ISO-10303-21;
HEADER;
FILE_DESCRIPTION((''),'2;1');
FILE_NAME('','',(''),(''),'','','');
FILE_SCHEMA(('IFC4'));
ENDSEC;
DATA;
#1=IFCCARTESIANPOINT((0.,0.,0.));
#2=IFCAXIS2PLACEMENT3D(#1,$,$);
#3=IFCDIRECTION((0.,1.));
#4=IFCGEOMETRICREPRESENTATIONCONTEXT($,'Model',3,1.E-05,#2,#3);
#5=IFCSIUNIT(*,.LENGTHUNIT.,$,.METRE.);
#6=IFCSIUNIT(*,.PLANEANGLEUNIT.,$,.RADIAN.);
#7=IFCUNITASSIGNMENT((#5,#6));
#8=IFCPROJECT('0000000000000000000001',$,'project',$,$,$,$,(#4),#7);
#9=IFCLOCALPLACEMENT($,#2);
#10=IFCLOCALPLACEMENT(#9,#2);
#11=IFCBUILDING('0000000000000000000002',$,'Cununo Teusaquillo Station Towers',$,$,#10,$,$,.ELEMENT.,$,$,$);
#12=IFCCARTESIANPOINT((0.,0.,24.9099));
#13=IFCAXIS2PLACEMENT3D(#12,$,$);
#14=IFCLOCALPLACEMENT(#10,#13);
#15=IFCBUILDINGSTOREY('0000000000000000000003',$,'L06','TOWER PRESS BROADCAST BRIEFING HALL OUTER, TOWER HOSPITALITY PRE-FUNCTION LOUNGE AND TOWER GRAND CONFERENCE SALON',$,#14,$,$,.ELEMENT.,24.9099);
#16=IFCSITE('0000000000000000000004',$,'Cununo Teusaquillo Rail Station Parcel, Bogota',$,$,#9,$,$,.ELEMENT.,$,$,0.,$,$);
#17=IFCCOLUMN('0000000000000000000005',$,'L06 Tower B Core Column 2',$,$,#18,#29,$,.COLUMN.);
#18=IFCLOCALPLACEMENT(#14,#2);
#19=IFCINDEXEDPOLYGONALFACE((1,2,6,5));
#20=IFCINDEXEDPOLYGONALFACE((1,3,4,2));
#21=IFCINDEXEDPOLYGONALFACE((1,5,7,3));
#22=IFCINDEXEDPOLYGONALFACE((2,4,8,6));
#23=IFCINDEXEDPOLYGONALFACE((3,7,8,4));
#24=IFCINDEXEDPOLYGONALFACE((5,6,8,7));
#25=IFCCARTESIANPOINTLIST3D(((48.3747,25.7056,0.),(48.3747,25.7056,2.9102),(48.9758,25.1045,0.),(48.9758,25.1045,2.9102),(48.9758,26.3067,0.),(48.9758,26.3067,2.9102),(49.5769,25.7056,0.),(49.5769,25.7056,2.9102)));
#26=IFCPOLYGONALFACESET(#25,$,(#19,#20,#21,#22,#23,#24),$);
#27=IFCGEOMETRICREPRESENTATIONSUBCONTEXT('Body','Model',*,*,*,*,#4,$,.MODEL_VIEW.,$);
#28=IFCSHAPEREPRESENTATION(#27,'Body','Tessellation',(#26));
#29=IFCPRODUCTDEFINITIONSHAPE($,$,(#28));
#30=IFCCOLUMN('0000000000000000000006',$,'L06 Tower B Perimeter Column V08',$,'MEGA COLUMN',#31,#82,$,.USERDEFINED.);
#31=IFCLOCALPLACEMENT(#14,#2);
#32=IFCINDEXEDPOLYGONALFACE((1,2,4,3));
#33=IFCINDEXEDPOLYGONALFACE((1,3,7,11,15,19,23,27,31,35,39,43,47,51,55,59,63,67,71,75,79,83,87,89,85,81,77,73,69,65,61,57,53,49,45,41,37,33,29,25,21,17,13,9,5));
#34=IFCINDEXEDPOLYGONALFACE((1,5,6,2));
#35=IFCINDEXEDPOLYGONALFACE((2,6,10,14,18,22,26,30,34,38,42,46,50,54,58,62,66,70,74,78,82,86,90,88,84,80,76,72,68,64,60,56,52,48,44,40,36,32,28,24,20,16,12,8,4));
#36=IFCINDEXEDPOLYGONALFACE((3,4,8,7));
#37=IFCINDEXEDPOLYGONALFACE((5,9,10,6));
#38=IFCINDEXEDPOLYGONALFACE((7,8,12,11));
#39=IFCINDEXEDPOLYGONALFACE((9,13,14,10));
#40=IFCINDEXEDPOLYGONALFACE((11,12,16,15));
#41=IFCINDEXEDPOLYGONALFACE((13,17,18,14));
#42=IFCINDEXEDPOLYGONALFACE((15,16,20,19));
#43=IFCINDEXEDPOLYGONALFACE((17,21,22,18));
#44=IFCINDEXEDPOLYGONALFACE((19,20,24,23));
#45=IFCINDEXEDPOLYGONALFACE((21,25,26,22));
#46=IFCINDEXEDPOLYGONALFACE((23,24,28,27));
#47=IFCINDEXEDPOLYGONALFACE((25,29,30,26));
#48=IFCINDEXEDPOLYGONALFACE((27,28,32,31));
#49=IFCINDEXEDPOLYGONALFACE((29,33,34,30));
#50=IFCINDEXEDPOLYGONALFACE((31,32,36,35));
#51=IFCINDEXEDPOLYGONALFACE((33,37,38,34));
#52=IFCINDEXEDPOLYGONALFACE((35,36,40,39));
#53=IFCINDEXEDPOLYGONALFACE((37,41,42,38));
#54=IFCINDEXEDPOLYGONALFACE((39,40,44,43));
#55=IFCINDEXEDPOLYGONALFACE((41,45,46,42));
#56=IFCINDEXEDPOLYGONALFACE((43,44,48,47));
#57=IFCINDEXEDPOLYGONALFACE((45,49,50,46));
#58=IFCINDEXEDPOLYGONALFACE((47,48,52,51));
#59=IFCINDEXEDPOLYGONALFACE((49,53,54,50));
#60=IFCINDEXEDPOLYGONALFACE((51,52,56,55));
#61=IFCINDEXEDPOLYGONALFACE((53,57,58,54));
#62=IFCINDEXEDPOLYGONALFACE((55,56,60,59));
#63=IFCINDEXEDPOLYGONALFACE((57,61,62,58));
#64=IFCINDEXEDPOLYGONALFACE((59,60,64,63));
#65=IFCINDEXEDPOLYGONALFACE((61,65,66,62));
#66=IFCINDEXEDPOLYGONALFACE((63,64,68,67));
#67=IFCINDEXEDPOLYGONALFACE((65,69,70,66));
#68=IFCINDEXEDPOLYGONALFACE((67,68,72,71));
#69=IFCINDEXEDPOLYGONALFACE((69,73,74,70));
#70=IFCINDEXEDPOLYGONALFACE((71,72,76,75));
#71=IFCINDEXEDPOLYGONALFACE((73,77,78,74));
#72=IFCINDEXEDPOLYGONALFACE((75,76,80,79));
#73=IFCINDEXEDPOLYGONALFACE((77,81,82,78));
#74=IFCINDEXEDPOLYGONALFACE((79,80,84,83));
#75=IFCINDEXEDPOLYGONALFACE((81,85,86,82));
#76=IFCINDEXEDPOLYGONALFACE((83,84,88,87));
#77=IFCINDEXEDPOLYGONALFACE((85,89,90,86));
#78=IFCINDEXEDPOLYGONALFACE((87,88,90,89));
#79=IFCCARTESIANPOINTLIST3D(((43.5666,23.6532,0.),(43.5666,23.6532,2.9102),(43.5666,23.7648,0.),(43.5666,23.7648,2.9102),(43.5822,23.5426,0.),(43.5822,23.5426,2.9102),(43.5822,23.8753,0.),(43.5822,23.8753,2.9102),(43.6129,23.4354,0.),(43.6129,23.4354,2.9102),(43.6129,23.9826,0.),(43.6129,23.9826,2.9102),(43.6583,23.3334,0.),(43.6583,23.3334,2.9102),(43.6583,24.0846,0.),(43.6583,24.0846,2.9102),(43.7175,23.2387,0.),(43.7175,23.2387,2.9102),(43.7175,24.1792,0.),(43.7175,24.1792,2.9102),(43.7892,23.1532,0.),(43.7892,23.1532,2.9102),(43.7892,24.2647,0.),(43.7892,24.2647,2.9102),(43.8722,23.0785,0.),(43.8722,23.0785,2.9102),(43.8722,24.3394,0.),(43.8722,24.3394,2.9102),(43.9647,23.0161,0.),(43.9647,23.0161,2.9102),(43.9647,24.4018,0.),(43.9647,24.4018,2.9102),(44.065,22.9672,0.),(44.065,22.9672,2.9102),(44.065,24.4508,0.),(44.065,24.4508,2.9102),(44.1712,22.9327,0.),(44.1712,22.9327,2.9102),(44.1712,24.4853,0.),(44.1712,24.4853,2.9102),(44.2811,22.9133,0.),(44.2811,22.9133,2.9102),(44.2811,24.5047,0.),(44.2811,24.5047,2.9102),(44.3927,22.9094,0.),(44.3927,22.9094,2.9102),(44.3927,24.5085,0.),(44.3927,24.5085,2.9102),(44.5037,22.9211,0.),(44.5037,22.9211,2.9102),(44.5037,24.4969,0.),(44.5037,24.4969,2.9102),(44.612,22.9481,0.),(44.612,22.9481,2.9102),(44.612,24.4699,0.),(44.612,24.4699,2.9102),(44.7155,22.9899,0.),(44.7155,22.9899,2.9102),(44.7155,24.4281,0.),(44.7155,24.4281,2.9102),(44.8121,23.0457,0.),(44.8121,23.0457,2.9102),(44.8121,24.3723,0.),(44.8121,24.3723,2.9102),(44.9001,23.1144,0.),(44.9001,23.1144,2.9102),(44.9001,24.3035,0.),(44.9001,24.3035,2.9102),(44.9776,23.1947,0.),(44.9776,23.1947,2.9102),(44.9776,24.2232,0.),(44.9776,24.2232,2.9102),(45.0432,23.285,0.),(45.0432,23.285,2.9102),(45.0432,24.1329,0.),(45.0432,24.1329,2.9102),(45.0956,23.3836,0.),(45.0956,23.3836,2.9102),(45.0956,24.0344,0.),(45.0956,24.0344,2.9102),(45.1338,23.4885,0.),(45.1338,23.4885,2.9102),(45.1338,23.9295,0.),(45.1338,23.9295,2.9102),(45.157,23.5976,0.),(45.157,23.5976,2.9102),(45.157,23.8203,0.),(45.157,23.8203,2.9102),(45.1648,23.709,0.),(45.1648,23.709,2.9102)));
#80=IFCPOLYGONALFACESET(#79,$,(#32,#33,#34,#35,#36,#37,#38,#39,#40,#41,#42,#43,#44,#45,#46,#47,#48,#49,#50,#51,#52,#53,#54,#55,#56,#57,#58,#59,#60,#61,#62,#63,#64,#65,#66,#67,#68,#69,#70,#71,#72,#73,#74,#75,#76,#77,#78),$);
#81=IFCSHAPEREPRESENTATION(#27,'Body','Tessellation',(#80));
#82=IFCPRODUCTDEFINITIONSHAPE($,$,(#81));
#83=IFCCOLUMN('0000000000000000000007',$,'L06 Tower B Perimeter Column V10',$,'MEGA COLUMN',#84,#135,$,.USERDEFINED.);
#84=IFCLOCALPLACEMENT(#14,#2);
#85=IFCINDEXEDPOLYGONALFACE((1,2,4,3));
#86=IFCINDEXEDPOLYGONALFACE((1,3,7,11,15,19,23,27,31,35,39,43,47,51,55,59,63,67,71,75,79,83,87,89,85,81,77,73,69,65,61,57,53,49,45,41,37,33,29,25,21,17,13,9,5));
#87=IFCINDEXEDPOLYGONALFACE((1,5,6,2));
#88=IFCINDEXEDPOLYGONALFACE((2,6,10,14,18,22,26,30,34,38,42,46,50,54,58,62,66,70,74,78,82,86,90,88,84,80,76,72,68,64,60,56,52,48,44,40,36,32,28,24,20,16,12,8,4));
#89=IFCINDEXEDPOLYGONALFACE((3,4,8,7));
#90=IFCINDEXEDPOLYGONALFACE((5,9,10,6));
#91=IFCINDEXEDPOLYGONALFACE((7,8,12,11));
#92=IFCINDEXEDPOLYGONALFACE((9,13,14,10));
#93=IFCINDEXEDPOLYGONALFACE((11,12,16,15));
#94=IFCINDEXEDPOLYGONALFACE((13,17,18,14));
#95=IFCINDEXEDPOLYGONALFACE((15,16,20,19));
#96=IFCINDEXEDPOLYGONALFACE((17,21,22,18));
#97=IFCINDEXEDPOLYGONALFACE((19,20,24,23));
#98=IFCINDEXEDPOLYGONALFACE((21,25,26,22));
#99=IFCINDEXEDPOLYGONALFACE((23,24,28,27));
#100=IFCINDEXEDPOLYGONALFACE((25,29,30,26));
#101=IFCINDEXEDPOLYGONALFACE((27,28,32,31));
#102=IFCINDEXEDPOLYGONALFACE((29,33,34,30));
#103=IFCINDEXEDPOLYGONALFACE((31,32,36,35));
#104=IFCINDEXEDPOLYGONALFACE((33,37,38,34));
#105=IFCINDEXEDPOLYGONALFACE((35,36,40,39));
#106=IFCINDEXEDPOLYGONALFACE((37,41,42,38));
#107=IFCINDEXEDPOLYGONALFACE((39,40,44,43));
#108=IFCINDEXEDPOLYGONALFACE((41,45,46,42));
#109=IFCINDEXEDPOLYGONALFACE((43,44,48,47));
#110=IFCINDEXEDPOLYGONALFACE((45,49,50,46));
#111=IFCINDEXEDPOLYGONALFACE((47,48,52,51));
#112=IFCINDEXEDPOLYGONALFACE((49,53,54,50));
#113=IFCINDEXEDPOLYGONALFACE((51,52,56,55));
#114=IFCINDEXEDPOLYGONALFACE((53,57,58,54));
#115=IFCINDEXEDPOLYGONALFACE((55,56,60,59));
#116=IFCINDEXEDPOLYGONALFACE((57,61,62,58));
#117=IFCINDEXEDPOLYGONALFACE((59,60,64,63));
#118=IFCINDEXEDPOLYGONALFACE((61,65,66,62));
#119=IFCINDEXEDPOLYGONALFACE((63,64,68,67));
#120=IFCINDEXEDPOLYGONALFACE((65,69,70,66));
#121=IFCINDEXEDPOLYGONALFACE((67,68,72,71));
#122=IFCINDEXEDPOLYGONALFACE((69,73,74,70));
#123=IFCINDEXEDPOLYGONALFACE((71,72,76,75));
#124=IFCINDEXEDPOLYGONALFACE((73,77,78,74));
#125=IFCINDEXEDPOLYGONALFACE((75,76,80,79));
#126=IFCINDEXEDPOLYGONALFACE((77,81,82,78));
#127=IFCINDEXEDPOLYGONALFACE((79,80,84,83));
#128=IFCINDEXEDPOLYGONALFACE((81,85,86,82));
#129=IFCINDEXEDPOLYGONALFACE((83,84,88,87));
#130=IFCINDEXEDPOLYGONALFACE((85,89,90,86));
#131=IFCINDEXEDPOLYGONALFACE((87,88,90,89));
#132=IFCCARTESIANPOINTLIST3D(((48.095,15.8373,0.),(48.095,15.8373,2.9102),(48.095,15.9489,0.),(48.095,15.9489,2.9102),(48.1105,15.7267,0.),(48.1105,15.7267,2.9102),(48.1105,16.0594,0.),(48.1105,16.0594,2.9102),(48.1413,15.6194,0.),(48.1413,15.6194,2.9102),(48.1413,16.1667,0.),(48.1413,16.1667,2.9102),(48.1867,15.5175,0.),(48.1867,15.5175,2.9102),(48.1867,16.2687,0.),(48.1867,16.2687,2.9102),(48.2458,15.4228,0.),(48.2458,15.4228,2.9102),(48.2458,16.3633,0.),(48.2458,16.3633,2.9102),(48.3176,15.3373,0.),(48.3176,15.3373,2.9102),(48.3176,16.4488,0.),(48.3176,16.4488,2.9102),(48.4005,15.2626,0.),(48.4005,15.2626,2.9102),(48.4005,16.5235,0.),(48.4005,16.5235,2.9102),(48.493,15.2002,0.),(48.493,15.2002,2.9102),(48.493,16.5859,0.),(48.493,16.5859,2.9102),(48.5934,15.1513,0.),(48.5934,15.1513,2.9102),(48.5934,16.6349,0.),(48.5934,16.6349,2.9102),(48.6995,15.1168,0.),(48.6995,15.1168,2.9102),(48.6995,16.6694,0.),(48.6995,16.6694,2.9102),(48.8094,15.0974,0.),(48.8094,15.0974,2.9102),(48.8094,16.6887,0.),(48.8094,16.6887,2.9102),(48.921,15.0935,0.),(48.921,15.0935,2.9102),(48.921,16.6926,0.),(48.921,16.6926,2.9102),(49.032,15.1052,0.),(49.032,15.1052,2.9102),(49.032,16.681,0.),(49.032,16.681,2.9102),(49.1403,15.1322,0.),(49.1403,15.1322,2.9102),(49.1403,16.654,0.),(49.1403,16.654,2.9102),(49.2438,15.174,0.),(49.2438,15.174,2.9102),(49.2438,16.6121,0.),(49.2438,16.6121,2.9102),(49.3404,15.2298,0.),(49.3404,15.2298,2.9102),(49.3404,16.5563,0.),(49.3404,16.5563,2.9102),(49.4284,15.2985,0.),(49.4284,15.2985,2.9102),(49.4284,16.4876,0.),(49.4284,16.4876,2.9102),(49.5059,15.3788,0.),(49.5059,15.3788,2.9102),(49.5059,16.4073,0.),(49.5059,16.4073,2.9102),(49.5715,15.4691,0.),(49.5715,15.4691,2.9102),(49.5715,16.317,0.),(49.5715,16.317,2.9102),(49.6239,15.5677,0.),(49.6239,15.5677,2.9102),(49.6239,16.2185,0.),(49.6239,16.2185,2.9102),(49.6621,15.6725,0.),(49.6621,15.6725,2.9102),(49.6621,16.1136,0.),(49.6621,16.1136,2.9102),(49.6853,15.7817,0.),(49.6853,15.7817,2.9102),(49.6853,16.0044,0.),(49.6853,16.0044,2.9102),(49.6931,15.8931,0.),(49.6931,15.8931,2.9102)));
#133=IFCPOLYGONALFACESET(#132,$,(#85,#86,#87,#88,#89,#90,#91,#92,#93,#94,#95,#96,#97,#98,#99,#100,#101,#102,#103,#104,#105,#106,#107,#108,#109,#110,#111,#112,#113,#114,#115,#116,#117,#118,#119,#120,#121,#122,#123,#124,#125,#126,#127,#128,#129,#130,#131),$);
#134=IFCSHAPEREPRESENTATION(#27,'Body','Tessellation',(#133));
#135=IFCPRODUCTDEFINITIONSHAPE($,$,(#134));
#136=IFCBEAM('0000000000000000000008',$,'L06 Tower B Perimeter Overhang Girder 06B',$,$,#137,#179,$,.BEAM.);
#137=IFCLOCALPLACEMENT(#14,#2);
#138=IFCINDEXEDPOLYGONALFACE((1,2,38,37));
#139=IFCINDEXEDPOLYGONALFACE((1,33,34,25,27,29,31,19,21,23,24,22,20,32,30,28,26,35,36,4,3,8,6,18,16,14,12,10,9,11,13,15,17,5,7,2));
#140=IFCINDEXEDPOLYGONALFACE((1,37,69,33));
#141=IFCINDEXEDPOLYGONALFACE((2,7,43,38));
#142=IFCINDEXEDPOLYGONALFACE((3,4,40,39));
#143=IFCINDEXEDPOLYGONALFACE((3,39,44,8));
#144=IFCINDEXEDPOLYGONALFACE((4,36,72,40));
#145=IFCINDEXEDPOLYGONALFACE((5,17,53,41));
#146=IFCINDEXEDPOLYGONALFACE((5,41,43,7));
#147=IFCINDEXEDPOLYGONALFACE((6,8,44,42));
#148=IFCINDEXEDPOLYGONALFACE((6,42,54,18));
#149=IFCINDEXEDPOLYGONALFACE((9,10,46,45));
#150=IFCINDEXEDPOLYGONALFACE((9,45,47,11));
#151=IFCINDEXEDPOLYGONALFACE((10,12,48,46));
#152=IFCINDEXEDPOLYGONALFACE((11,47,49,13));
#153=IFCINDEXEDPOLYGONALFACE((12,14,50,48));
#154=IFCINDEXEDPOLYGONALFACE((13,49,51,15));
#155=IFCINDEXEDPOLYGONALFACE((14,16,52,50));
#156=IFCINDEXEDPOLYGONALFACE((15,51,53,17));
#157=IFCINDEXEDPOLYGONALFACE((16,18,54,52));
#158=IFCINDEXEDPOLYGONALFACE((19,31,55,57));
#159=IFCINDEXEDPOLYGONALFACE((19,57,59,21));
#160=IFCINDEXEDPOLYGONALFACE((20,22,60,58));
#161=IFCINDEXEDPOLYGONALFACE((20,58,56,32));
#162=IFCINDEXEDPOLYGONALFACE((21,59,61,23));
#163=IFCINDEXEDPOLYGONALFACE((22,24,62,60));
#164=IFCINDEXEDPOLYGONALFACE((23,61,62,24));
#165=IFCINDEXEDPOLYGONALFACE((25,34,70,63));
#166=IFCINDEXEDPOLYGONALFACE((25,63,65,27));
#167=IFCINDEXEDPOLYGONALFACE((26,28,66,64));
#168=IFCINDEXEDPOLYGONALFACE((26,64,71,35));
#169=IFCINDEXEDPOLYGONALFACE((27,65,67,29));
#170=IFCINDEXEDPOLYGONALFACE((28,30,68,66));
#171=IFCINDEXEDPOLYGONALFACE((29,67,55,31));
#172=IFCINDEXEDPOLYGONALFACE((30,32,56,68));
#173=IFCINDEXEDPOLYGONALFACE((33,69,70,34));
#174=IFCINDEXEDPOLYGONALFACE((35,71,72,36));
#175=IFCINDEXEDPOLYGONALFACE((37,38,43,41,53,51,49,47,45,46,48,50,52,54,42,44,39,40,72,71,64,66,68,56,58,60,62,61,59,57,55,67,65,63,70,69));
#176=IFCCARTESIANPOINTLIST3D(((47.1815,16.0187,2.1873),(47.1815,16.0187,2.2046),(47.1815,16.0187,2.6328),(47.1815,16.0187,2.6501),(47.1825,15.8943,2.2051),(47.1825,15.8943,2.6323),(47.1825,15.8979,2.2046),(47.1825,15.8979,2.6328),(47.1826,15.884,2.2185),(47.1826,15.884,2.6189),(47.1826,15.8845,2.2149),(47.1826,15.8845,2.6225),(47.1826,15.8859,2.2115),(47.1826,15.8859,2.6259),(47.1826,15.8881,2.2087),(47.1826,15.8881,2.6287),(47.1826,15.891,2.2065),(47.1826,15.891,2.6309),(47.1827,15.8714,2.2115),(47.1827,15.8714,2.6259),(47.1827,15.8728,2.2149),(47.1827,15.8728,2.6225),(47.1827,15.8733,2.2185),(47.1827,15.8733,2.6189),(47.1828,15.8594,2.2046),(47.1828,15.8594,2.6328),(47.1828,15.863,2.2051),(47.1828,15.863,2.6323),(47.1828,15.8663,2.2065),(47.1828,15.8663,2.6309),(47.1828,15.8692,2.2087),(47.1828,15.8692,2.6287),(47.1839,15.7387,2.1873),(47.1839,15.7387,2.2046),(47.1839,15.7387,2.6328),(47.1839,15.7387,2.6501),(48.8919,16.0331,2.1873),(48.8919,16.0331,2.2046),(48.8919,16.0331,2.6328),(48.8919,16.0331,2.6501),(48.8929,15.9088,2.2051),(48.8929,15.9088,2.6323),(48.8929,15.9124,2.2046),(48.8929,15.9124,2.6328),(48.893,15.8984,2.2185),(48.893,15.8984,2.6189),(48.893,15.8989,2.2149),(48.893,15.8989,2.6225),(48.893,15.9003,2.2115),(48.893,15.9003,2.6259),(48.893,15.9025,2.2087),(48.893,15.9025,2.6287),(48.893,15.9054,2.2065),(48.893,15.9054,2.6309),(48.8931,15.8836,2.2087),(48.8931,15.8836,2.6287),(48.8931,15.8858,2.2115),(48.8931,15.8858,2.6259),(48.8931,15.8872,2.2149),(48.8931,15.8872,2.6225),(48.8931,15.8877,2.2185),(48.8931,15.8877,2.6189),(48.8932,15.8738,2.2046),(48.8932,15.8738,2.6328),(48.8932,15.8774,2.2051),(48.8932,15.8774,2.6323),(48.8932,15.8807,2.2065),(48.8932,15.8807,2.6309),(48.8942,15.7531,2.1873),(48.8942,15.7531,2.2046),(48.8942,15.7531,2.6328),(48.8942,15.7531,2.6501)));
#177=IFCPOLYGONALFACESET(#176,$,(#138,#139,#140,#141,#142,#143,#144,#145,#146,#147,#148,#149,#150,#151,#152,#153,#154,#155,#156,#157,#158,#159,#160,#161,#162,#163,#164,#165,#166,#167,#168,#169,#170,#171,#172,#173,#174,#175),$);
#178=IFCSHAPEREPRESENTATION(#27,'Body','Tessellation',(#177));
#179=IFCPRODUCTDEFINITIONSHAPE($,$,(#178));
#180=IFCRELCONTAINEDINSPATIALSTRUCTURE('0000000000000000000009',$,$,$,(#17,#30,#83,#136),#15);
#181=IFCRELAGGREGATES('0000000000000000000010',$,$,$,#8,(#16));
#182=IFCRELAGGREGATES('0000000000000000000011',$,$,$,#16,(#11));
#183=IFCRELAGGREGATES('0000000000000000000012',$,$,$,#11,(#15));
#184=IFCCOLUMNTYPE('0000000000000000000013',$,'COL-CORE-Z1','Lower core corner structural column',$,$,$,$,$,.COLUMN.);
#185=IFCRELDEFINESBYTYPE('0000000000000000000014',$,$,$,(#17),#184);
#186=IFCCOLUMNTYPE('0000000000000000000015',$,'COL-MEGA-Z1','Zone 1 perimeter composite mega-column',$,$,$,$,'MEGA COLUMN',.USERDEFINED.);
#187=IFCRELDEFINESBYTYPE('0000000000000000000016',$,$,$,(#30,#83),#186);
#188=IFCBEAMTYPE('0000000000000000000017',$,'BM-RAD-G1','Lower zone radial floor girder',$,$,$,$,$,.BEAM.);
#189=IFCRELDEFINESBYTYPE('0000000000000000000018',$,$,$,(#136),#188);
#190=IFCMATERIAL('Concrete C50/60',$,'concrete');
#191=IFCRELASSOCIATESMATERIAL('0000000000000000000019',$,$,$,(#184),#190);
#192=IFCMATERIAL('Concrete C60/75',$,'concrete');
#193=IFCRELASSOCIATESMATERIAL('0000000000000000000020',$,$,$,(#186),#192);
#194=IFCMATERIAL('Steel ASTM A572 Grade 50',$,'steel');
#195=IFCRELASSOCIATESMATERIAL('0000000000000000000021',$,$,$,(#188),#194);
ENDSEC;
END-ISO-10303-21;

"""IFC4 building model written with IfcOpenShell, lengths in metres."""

from ifc_helpers import new_model, si_unit, direction, frame, origin, origin_2d, place, context, subcontext, project, spatial, rectangle, circle, i_section, extrude, material, material_profile, profile_set, type_object, element, save


model = new_model("IFC4")

# Units and contexts
model_context = context("Model", 3, precision=1e-05, world=origin(), true_north=direction((0.0, 1.0)))
body_context = subcontext(model_context, "Body", "Model", "MODEL_VIEW")
ifc_project = project(units=[si_unit("LENGTHUNIT", "METRE"), si_unit("PLANEANGLEUNIT", "RADIAN")], contexts=[model_context])

# Site, building, storey
site_placement = place(None, origin())
site = spatial("IfcSite", under=ifc_project, at=site_placement, Name="Cununo Teusaquillo Rail Station Parcel, Bogota", CompositionType="ELEMENT", RefElevation=0.0)
building_placement = place(site_placement, origin())
building = spatial("IfcBuilding", under=site, at=building_placement, Name="Cununo Teusaquillo Station Towers", CompositionType="ELEMENT")
storey_placement = place(building_placement, frame((0.0, 0.0, 24.9099)))
storey = spatial("IfcBuildingStorey", under=building, at=storey_placement, Name="L06", Description="TOWER PRESS BROADCAST BRIEFING HALL OUTER, TOWER HOSPITALITY PRE-FUNCTION LOUNGE AND TOWER GRAND CONFERENCE SALON", CompositionType="ELEMENT", Elevation=24.9099)

# Columns
ifc_material_1 = material(Name="Concrete C50/60", Category="concrete")
ifc_material_profile_1 = material_profile(ifc_material_1, rectangle(XDim=0.8501, YDim=0.8501, at=origin_2d()), Name="RC-RECT-850x850")
ifc_profile_set_1 = profile_set([ifc_material_profile_1], Name="Concrete C50/60")
column_type_1 = type_object("IfcColumnType", Name="COL-CORE-Z1", Description="Lower core corner structural column", PredefinedType="COLUMN", material=ifc_profile_set_1)
column_placement = place(storey_placement, frame((48.9758, 25.7056, 0.0), z_axis=(0.0, 0.0, 1.0), x_axis=(0.707107, 0.707107, 0.0)))
element("IfcColumn", 1, at=column_placement, inside=storey, type_object=column_type_1, Name="L06 Tower B Core Column 2", PredefinedType="COLUMN", context=body_context, shape_type="SweptSolid", body=[
    extrude(rectangle(XDim=0.8501, YDim=0.8501, at=origin_2d()), origin(), (0.0, 0.0, 1.0), 2.9102),
])
ifc_material_2 = material(Name="Concrete C60/75", Category="concrete")
ifc_material_profile_2 = material_profile(ifc_material_2, circle(Radius=0.8, at=origin_2d()), Name="RC-CIRC-1600")
ifc_profile_set_2 = profile_set([ifc_material_profile_2], Name="Concrete C60/75")
column_type_2 = type_object("IfcColumnType", Name="COL-MEGA-Z1", Description="Zone 1 perimeter composite mega-column", ElementType="MEGA COLUMN", PredefinedType="USERDEFINED", material=ifc_profile_set_2)
for number, where, z_axis, x_axis, name in (
    (2, (44.3647, 23.709, 0.0), (0.0, 0.0, 1.0), (1.0, 0.0, 0.0), "L06 Tower B Perimeter Column V08"),
    (3, (48.8931, 15.8931, 0.0), (0.0, 0.0, 1.0), (1.0, 0.0, 0.0), "L06 Tower B Perimeter Column V10"),
):
    element("IfcColumn", number, at=place(storey_placement, frame(where, z_axis=z_axis, x_axis=x_axis)), inside=storey, type_object=column_type_2, Name=name, ObjectType="MEGA COLUMN", PredefinedType="USERDEFINED", context=body_context, shape_type="SweptSolid", body=[
        extrude(circle(Radius=0.8, at=origin_2d()), origin(), (0.0, 0.0, 1.0), 2.9102),
    ])

# Beam
ifc_material_3 = material(Name="Steel ASTM A572 Grade 50", Category="steel")
ifc_material_profile_3 = material_profile(ifc_material_3, i_section(OverallWidth=0.28, OverallDepth=0.4629, WebThickness=0.0107, FlangeThickness=0.0173, FilletRadius=0.0139, at=origin_2d()), Name="W18X76")
ifc_profile_set_3 = profile_set([ifc_material_profile_3], Name="Steel ASTM A572 Grade 50")
beam_type_1 = type_object("IfcBeamType", Name="BM-RAD-G1", Description="Lower zone radial floor girder", PredefinedType="BEAM", material=ifc_profile_set_3)
beam_1_placement = place(storey_placement, frame((48.8931, 15.8931, 2.4187), z_axis=(-0.999965, -0.008421, 0.0), x_axis=(0.008421, -0.999965, 0.0)))
element("IfcBeam", 4, at=beam_1_placement, inside=storey, type_object=beam_type_1, Name="L06 Tower B Perimeter Overhang Girder 06B", PredefinedType="BEAM", context=body_context, shape_type="SweptSolid", body=[
    extrude(i_section(OverallWidth=0.28, OverallDepth=0.4629, WebThickness=0.0107, FlangeThickness=0.0173, FilletRadius=0.0139, at=origin_2d()), origin(), (0.0, 0.0, 1.0), 1.7104),
])

save(model, "model.ifc")
